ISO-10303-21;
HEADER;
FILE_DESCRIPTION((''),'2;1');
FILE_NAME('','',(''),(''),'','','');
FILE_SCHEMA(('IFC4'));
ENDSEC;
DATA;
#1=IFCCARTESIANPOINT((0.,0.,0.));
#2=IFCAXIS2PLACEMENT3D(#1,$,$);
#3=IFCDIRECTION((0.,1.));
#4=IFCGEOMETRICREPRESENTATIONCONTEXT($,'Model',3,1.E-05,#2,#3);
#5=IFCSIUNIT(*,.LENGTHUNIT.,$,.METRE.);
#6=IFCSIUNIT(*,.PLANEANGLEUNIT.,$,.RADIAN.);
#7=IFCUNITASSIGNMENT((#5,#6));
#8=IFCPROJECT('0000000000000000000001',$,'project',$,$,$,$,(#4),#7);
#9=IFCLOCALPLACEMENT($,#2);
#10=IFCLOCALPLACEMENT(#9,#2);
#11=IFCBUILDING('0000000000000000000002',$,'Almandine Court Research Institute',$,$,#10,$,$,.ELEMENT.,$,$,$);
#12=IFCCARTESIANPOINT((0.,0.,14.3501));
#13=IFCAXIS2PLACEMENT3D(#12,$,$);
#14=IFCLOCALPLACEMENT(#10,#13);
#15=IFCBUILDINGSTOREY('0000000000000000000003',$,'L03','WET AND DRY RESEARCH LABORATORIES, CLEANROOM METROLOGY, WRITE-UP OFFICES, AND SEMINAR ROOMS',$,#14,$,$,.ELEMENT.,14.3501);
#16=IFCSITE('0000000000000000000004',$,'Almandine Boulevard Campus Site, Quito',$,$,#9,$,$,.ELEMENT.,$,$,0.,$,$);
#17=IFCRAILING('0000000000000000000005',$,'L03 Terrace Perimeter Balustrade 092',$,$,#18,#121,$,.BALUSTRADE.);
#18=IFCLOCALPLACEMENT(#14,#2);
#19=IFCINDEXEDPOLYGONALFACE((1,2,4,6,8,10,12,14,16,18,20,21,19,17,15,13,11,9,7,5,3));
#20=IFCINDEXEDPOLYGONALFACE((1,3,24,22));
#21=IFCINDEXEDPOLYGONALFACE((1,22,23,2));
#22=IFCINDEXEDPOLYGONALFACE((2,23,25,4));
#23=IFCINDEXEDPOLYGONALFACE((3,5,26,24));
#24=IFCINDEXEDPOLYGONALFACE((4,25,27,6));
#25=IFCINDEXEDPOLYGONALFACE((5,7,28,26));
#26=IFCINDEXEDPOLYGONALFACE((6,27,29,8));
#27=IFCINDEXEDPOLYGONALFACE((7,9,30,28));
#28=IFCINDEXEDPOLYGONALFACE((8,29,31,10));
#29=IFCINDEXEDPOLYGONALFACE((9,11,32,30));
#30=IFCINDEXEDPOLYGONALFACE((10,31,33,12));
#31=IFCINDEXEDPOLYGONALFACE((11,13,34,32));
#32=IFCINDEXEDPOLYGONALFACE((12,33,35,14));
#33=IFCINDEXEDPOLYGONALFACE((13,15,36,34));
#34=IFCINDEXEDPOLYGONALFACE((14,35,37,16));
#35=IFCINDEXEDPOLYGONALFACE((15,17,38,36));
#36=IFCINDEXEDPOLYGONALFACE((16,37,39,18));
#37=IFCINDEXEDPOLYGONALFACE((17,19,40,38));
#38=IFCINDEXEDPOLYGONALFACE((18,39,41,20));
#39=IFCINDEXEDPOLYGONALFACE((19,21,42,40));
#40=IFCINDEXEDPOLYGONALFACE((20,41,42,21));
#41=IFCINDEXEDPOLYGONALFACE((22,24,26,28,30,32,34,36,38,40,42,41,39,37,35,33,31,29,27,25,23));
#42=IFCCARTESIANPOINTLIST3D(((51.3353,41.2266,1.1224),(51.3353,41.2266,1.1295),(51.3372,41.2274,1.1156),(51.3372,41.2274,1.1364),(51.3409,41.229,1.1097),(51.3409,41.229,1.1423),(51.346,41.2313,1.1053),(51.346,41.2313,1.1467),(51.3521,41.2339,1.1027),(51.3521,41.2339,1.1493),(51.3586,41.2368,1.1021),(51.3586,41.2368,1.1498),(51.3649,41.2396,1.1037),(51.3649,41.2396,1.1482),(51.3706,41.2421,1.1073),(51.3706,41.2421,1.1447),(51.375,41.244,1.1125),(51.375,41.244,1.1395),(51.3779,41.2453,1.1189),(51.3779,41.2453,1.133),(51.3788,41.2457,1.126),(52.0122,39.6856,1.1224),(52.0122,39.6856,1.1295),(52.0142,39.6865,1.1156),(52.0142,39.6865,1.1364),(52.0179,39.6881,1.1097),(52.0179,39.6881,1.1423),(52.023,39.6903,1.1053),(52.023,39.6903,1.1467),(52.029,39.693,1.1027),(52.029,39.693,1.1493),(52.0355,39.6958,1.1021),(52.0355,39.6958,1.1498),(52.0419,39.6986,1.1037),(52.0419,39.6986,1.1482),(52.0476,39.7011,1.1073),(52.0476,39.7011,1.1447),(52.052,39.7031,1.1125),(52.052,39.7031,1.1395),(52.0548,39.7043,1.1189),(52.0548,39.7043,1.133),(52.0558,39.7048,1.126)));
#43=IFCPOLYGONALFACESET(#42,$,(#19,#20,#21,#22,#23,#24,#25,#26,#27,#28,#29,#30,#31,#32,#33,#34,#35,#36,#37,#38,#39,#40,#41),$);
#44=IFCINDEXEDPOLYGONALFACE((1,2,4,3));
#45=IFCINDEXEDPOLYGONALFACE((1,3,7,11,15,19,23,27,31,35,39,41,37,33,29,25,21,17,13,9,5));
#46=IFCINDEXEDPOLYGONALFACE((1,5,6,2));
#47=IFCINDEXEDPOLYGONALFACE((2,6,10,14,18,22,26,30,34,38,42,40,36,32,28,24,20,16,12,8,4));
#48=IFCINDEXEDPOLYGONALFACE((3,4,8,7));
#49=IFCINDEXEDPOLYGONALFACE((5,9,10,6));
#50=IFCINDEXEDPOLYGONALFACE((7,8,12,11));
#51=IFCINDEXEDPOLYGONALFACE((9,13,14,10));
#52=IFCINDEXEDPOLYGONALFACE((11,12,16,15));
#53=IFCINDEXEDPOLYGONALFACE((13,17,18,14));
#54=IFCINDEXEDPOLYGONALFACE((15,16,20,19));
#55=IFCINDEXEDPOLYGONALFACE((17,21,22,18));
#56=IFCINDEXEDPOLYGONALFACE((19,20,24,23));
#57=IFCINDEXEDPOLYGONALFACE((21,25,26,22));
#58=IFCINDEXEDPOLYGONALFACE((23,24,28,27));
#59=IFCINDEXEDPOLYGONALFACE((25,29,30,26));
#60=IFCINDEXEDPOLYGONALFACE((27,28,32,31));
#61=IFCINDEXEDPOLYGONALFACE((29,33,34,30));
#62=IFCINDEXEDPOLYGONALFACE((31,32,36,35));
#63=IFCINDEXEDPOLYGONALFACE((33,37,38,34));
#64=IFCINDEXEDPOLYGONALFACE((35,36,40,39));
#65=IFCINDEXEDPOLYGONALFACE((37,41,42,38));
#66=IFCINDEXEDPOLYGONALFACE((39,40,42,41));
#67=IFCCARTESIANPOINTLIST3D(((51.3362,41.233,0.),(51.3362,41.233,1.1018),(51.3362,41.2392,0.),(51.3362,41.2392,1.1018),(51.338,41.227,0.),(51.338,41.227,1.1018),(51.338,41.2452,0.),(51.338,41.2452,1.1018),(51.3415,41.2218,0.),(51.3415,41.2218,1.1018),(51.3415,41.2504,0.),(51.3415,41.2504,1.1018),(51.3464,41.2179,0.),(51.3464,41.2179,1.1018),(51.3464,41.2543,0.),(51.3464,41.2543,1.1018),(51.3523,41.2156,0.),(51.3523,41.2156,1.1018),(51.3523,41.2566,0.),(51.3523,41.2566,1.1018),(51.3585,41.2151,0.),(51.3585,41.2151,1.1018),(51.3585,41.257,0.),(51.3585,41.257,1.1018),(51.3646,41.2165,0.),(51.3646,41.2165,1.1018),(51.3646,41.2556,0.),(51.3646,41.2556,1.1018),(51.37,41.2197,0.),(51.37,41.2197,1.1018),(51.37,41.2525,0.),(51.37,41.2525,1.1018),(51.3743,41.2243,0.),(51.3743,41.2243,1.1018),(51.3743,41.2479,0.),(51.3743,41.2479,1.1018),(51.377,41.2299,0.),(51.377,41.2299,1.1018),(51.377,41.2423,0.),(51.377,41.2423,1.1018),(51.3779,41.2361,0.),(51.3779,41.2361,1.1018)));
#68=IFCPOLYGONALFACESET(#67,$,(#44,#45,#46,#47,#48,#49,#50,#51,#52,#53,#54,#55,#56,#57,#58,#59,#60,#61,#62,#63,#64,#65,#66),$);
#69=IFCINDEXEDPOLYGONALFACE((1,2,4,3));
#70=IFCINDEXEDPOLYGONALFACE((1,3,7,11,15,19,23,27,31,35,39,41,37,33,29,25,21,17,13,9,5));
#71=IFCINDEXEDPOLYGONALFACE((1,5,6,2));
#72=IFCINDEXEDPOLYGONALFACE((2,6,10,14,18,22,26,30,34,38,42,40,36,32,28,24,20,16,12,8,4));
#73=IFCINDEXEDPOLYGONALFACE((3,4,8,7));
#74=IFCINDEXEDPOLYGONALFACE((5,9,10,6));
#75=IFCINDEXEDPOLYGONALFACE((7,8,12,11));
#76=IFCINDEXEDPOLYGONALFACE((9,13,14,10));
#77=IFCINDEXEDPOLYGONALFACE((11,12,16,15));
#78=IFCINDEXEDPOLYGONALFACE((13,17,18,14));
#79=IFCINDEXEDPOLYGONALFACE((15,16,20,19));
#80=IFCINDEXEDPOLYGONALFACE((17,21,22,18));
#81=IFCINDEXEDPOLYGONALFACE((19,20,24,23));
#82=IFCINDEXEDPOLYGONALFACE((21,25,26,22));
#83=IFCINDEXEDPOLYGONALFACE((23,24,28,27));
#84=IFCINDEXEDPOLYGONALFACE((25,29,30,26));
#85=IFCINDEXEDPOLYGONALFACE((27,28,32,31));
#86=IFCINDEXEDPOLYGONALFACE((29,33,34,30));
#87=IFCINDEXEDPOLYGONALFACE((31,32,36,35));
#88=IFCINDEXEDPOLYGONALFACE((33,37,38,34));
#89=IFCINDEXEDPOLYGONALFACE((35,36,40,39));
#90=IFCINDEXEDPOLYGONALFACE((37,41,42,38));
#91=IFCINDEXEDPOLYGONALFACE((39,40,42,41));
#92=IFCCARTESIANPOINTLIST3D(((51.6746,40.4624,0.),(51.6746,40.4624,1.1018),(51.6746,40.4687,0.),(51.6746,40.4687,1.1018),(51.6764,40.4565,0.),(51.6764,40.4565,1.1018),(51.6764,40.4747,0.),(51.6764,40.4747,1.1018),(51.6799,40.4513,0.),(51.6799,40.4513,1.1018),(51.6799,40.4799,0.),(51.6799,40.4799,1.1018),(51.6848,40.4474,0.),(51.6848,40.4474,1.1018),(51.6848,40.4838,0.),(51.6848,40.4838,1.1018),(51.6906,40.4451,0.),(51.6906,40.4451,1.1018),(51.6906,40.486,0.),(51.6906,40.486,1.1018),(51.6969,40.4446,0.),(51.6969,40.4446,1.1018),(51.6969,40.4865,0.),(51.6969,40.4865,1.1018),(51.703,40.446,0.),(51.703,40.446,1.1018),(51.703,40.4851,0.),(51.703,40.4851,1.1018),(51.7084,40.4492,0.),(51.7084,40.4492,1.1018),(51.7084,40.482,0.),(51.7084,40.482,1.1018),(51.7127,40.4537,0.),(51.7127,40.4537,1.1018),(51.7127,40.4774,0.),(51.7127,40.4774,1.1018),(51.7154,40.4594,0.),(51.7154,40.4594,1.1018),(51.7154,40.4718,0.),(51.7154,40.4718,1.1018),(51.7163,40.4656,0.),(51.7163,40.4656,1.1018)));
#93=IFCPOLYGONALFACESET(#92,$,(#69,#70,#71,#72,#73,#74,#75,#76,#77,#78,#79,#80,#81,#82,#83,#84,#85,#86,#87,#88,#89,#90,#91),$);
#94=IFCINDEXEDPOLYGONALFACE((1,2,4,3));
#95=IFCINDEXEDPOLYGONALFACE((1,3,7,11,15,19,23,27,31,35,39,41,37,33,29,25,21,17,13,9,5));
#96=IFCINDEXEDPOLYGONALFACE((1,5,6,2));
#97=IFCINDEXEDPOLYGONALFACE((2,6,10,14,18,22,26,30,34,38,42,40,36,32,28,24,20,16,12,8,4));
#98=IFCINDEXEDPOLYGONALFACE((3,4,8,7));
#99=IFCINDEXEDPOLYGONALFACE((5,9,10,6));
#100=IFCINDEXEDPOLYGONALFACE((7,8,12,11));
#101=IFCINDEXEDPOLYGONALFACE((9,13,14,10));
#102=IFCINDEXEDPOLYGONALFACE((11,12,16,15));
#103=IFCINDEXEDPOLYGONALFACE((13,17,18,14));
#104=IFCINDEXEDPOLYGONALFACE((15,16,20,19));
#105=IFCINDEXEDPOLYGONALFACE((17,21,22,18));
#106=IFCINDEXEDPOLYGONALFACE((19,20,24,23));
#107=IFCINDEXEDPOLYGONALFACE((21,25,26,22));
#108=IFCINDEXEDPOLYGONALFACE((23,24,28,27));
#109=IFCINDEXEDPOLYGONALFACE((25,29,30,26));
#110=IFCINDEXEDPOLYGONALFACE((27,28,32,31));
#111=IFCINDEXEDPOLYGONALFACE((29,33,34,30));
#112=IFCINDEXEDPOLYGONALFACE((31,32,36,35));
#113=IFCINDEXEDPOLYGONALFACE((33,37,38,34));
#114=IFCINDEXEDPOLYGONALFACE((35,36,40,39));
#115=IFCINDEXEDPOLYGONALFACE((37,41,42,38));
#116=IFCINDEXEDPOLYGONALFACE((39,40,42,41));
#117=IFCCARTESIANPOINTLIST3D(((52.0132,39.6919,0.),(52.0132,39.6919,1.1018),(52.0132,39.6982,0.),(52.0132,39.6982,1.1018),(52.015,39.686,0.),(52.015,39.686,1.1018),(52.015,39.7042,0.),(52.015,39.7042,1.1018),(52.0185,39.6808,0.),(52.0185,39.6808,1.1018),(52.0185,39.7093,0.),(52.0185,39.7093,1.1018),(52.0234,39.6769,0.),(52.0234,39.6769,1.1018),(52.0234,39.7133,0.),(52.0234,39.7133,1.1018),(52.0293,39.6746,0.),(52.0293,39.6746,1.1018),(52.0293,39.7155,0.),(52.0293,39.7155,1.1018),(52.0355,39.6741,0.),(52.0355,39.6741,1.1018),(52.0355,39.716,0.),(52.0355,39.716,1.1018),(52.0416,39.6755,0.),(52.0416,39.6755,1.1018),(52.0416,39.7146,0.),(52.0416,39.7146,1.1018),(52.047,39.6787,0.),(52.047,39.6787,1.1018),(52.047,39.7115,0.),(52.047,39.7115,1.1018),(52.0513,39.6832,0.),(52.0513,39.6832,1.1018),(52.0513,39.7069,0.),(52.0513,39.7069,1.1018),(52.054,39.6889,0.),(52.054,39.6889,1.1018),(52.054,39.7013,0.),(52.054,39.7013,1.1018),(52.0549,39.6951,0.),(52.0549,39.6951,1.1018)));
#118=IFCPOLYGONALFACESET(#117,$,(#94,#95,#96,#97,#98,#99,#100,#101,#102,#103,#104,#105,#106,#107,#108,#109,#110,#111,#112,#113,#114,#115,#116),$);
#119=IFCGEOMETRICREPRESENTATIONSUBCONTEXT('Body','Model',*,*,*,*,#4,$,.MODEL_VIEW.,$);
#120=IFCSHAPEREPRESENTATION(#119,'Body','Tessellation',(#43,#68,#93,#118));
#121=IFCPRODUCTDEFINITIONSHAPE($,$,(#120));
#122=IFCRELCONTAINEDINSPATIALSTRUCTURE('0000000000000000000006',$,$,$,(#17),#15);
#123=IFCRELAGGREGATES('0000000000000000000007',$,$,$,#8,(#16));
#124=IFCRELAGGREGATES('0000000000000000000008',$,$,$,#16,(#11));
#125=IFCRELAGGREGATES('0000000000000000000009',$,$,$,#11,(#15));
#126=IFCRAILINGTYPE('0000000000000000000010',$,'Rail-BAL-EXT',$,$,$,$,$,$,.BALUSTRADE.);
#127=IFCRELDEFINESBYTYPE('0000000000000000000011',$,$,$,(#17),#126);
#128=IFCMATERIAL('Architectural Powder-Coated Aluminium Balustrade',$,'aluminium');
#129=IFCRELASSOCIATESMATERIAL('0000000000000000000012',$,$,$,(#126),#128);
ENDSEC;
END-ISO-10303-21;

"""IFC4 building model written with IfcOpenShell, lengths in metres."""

from ifc_helpers import new_model, si_unit, direction, frame, origin, origin_2d, place, context, subcontext, project, spatial, circle, extrude, material, type_object, element, save


model = new_model("IFC4")

# Units and contexts
model_context = context("Model", 3, precision=1e-05, world=origin(), true_north=direction((0.0, 1.0)))
body_context = subcontext(model_context, "Body", "Model", "MODEL_VIEW")
ifc_project = project(units=[si_unit("LENGTHUNIT", "METRE"), si_unit("PLANEANGLEUNIT", "RADIAN")], contexts=[model_context])

# Site, building, storey
site_placement = place(None, origin())
site = spatial("IfcSite", under=ifc_project, at=site_placement, Name="Almandine Boulevard Campus Site, Quito", CompositionType="ELEMENT", RefElevation=0.0)
building_placement = place(site_placement, origin())
building = spatial("IfcBuilding", under=site, at=building_placement, Name="Almandine Court Research Institute", CompositionType="ELEMENT")
storey_placement = place(building_placement, frame((0.0, 0.0, 14.3501)))
storey = spatial("IfcBuildingStorey", under=building, at=storey_placement, Name="L03", Description="WET AND DRY RESEARCH LABORATORIES, CLEANROOM METROLOGY, WRITE-UP OFFICES, AND SEMINAR ROOMS", CompositionType="ELEMENT", Elevation=14.3501)

# Railing
ifc_material_1 = material(Name="Architectural Powder-Coated Aluminium Balustrade", Category="aluminium")
railing_type = type_object("IfcRailingType", Name="Rail-BAL-EXT", PredefinedType="BALUSTRADE", material=ifc_material_1)
railing_1_placement = place(storey_placement, frame((51.3569, 41.2361, 0.0)))
element("IfcRailing", 1, at=railing_1_placement, inside=storey, type_object=railing_type, Name="L03 Terrace Perimeter Balustrade 092", PredefinedType="BALUSTRADE", context=body_context, shape_type="SweptSolid", body=[
    extrude(circle(Radius=0.0239, at=origin_2d()), frame((0.0, 0.0, 1.126), z_axis=(0.402218, -0.915544, 0.0), x_axis=(0.915544, 0.402218, 0.0)), (0.0, 0.0, 1.0), 1.6831),
    extrude(circle(Radius=0.021, at=origin_2d()), origin(), (0.0, 0.0, 1.0), 1.1018),
    extrude(circle(Radius=0.021, at=origin_2d()), frame((0.3384, -0.7705, 0.0)), (0.0, 0.0, 1.0), 1.1018),
    extrude(circle(Radius=0.021, at=origin_2d()), frame((0.677, -1.541, 0.0)), (0.0, 0.0, 1.0), 1.1018),
])

save(model, "model.ifc")
